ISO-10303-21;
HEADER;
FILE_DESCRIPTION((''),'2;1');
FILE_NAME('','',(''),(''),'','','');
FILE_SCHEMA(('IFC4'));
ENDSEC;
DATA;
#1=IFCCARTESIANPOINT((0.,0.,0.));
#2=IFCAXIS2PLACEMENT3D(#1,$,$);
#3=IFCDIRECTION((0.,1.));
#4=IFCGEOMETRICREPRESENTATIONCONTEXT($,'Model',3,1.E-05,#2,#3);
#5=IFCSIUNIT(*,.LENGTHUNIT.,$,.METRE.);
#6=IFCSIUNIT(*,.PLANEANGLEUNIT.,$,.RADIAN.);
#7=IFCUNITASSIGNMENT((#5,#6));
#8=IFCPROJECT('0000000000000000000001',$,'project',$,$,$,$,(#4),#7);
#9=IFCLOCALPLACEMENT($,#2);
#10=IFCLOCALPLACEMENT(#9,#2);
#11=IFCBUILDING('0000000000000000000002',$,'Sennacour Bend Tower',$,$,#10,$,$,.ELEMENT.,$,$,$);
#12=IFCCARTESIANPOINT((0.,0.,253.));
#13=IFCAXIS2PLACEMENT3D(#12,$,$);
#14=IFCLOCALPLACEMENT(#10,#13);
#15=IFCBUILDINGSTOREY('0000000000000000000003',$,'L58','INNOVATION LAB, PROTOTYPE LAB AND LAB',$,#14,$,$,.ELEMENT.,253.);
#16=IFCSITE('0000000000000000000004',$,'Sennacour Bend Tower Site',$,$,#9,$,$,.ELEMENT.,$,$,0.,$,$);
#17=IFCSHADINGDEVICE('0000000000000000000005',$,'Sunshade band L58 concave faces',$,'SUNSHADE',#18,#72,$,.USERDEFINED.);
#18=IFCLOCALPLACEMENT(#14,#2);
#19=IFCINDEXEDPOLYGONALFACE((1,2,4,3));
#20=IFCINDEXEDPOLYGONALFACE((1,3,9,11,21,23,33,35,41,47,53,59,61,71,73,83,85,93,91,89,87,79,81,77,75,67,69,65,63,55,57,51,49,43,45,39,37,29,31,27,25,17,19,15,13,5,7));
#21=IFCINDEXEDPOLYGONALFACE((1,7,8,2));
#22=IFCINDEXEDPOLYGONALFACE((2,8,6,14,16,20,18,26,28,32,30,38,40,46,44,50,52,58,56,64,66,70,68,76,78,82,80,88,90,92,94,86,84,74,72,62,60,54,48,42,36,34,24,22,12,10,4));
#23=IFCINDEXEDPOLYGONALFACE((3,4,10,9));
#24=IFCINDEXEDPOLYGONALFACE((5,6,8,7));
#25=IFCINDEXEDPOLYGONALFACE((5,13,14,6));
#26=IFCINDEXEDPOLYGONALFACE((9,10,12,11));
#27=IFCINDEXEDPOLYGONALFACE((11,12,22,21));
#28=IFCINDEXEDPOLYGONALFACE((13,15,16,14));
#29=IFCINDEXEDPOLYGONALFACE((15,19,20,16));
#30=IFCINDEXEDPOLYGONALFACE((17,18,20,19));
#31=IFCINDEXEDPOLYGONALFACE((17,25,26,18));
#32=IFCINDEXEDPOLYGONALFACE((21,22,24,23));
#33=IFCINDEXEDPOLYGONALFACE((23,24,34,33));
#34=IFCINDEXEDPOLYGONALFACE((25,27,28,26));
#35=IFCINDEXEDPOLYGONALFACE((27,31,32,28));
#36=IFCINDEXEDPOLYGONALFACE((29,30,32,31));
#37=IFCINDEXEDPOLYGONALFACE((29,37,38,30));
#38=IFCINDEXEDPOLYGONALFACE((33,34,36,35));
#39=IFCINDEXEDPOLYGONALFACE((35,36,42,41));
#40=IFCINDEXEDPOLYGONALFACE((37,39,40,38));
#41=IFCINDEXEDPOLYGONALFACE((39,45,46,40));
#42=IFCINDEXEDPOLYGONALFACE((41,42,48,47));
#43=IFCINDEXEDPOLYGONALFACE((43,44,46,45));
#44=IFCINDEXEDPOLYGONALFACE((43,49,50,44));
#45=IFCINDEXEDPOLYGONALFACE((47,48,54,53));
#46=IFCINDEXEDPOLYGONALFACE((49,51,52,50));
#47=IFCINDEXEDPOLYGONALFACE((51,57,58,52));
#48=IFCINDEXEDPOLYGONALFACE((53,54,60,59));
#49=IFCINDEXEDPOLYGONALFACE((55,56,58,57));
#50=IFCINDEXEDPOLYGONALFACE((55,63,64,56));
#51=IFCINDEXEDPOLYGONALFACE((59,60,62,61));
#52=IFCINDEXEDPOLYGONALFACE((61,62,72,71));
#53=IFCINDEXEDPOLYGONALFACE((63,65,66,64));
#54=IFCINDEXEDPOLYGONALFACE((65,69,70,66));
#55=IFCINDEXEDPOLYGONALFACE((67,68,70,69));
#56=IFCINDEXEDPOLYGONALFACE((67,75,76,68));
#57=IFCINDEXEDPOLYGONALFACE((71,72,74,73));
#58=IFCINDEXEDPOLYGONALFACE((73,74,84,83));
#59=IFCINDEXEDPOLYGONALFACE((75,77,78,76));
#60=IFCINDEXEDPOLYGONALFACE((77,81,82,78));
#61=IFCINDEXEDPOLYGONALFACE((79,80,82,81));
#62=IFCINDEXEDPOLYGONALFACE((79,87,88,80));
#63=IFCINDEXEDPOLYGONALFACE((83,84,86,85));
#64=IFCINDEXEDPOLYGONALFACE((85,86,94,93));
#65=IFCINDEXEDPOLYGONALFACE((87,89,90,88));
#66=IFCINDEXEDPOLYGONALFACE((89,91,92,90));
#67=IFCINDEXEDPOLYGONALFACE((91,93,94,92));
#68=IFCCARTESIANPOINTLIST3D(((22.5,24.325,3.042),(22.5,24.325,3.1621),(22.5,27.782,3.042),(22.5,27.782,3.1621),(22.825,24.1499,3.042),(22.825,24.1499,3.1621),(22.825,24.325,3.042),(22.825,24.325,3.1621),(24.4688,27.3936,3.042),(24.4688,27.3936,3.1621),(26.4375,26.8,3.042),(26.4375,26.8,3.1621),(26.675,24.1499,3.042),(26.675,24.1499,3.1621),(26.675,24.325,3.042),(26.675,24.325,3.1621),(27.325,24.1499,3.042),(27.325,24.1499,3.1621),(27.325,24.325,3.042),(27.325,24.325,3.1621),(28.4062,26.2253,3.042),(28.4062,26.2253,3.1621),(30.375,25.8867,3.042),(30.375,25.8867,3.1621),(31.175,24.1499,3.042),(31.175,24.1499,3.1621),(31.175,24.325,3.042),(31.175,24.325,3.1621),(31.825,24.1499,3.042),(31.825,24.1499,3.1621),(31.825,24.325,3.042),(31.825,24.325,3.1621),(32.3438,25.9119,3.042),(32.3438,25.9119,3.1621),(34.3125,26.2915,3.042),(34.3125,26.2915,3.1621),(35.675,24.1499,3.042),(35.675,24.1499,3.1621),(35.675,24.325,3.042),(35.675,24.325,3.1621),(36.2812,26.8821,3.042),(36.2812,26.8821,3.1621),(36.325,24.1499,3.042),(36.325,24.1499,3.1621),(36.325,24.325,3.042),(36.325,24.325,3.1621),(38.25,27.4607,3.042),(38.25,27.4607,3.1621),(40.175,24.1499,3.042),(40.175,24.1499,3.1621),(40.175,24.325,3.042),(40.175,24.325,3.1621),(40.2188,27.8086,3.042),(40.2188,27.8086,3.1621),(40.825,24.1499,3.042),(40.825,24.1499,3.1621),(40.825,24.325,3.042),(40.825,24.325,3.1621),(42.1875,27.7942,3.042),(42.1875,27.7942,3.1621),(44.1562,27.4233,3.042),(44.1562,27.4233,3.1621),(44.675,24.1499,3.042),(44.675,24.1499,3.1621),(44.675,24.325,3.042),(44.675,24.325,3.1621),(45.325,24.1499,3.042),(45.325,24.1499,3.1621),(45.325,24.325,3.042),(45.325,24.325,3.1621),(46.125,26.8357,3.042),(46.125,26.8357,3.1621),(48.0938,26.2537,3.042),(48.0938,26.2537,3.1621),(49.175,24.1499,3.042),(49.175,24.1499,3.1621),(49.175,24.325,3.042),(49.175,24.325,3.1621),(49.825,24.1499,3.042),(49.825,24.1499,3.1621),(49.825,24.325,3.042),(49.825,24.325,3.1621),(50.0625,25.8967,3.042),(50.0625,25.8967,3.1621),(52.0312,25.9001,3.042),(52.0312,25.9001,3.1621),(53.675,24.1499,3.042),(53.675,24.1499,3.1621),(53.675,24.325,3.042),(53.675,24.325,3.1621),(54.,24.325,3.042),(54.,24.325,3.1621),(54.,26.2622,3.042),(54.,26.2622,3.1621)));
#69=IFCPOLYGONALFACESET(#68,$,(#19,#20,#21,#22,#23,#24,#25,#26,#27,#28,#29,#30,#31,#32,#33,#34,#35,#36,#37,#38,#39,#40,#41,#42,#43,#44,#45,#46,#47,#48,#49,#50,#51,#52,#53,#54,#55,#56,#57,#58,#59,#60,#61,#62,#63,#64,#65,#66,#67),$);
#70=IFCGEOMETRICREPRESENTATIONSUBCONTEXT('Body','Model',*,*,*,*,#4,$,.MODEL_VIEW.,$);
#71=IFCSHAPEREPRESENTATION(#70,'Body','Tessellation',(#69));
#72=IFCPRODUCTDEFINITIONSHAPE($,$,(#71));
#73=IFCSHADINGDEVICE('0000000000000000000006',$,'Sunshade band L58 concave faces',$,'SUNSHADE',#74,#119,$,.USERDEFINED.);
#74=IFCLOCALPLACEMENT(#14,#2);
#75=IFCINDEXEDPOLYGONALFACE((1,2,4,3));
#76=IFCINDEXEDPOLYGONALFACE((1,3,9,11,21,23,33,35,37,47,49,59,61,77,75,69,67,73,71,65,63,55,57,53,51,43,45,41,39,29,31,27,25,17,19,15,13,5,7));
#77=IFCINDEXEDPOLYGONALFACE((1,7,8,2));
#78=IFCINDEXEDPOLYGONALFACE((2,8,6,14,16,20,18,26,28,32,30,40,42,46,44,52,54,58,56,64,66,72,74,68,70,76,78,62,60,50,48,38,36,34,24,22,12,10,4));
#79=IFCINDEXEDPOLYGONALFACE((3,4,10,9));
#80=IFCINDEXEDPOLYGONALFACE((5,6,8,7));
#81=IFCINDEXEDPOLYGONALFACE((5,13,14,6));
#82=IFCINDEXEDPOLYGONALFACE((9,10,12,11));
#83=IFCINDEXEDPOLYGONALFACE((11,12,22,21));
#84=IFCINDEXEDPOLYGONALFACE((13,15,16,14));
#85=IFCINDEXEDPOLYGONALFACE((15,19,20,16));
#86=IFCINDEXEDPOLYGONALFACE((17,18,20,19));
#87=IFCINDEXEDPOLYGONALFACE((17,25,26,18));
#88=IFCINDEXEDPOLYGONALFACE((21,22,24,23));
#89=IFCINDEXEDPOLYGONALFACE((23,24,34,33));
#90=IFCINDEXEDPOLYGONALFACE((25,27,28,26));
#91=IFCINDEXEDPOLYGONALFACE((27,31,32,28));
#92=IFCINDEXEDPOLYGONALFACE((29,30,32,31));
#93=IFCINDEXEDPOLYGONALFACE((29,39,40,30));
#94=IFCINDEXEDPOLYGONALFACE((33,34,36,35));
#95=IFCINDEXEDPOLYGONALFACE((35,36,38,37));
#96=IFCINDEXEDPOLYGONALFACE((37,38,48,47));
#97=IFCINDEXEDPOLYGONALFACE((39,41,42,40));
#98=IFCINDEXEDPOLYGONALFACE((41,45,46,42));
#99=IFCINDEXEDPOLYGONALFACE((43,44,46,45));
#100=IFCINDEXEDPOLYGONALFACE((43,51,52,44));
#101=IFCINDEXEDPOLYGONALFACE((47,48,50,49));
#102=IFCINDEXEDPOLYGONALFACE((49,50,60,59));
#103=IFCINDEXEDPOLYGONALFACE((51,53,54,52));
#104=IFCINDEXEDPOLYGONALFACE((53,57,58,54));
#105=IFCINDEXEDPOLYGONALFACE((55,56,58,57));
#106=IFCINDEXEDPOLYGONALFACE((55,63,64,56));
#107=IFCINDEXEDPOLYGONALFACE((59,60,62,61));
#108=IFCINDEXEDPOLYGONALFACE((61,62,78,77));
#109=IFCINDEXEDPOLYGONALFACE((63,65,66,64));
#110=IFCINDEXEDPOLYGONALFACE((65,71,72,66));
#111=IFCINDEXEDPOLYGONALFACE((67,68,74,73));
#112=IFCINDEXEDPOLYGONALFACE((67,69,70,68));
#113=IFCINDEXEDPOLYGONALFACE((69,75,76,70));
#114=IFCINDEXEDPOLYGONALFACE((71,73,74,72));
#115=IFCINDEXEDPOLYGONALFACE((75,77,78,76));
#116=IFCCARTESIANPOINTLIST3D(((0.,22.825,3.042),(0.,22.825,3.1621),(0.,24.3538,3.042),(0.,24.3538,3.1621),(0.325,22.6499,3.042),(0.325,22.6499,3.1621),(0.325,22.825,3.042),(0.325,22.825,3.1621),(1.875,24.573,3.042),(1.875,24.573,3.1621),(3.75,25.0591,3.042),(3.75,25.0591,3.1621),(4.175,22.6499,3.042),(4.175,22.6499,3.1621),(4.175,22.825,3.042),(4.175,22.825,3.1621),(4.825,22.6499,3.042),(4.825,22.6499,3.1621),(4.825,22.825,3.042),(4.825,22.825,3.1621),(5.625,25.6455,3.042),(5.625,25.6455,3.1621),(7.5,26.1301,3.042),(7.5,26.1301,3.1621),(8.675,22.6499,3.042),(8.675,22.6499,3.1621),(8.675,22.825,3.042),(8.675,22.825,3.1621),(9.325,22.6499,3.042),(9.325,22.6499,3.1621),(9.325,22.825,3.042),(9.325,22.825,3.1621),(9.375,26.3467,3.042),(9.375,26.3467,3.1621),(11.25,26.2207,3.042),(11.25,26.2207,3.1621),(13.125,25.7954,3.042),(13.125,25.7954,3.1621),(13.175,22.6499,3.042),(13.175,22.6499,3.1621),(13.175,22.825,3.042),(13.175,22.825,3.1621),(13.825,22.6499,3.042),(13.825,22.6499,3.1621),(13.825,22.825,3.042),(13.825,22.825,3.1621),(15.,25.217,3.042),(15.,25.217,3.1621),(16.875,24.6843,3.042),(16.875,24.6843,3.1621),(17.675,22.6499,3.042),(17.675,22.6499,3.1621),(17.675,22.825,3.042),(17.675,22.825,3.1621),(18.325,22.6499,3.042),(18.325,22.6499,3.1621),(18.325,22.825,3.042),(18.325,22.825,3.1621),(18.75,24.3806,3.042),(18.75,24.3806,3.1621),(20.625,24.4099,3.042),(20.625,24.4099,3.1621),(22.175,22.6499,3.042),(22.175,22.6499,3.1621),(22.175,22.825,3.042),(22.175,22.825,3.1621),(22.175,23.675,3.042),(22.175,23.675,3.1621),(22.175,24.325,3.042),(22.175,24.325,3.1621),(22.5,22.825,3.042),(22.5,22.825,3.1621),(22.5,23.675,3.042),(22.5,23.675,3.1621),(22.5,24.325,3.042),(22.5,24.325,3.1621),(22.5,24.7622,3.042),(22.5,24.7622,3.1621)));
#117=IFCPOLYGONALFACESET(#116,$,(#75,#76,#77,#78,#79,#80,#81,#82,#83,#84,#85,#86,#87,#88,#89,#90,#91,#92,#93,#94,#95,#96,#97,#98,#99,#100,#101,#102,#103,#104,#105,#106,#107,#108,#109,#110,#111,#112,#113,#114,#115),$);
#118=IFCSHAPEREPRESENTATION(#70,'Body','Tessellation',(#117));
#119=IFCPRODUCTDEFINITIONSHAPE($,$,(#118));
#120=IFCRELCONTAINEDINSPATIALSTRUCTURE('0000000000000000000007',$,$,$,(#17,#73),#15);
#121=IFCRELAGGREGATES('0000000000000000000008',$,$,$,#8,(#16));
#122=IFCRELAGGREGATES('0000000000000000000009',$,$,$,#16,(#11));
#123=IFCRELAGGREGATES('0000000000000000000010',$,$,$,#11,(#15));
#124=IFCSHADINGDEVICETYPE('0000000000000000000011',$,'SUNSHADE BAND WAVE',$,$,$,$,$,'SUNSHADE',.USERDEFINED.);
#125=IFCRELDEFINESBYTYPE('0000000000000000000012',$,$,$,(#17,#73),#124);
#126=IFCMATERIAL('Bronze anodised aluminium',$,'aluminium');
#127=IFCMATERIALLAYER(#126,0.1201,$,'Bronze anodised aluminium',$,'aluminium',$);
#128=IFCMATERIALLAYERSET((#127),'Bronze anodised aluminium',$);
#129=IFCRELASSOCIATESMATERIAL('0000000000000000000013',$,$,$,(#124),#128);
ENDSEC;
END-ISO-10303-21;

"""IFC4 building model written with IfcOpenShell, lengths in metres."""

from ifc_helpers import new_model, si_unit, direction, frame, origin, place, context, subcontext, project, spatial, polyline, outline, extrude, material, layer, layer_set, type_object, element, save


model = new_model("IFC4")

# Units and contexts
model_context = context("Model", 3, precision=1e-05, world=origin(), true_north=direction((0.0, 1.0)))
body_context = subcontext(model_context, "Body", "Model", "MODEL_VIEW")
ifc_project = project(units=[si_unit("LENGTHUNIT", "METRE"), si_unit("PLANEANGLEUNIT", "RADIAN")], contexts=[model_context])

# Site, building, storey
site_placement = place(None, origin())
site = spatial("IfcSite", under=ifc_project, at=site_placement, Name="Sennacour Bend Tower Site", CompositionType="ELEMENT", RefElevation=0.0)
building_placement = place(site_placement, origin())
building = spatial("IfcBuilding", under=site, at=building_placement, Name="Sennacour Bend Tower", CompositionType="ELEMENT")
storey_placement = place(building_placement, frame((0.0, 0.0, 253.0)))
storey = spatial("IfcBuildingStorey", under=building, at=storey_placement, Name="L58", Description="INNOVATION LAB, PROTOTYPE LAB AND LAB", CompositionType="ELEMENT", Elevation=253.0)

# Shading devices
ifc_material_1 = material(Name="Bronze anodised aluminium", Category="aluminium")
ifc_layer_1 = layer(ifc_material_1, 0.1201, Name="Bronze anodised aluminium", Category="aluminium")
ifc_layer_set_1 = layer_set([ifc_layer_1], Name="Bronze anodised aluminium")
shading_device_type_1 = type_object("IfcShadingDeviceType", Name="SUNSHADE BAND WAVE", ElementType="SUNSHADE", PredefinedType="USERDEFINED", material=ifc_layer_set_1)
shading_device_1_placement = place(storey_placement, frame((0.0, 0.0, 3.042)))
element("IfcShadingDevice", 1, at=shading_device_1_placement, inside=storey, type_object=shading_device_type_1, Name="Sunshade band L58 concave faces", ObjectType="SUNSHADE", PredefinedType="USERDEFINED", context=body_context, shape_type="SweptSolid", body=[
    extrude(outline(polyline([(53.675, 24.1499), (49.825, 24.1499), (49.825, 24.325), (49.175, 24.325), (49.175, 24.1499), (45.325, 24.1499), (45.325, 24.325), (44.675, 24.325), (44.675, 24.1499), (40.825, 24.1499), (40.825, 24.325), (40.175, 24.325), (40.175, 24.1499), (36.325, 24.1499), (36.325, 24.325), (35.675, 24.325), (35.675, 24.1499), (31.825, 24.1499), (31.825, 24.325), (31.175, 24.325), (31.175, 24.1499), (27.325, 24.1499), (27.325, 24.325), (26.675, 24.325), (26.675, 24.1499), (22.825, 24.1499), (22.825, 24.325), (22.5, 24.325), (22.5, 27.782), (24.4688, 27.3936), (26.4375, 26.8), (28.4062, 26.2253), (30.375, 25.8867), (32.3438, 25.9119), (34.3125, 26.2915), (36.2812, 26.8821), (38.25, 27.4607), (40.2188, 27.8086), (42.1875, 27.7942), (44.1562, 27.4233), (46.125, 26.8357), (48.0938, 26.2537), (50.0625, 25.8967), (52.0312, 25.9001), (54.0, 26.2622), (54.0, 24.325), (53.675, 24.325), (53.675, 24.1499)])), origin(), (0.0, 0.0, 1.0), 0.1201),
])
shading_device_2_placement = place(storey_placement, frame((0.0, 0.0, 3.042)))
element("IfcShadingDevice", 2, at=shading_device_2_placement, inside=storey, type_object=shading_device_type_1, Name="Sunshade band L58 concave faces", ObjectType="SUNSHADE", PredefinedType="USERDEFINED", context=body_context, shape_type="SweptSolid", body=[
    extrude(outline(polyline([(22.175, 22.6499), (18.325, 22.6499), (18.325, 22.825), (17.675, 22.825), (17.675, 22.6499), (13.825, 22.6499), (13.825, 22.825), (13.175, 22.825), (13.175, 22.6499), (9.325, 22.6499), (9.325, 22.825), (8.675, 22.825), (8.675, 22.6499), (4.825, 22.6499), (4.825, 22.825), (4.175, 22.825), (4.175, 22.6499), (0.325, 22.6499), (0.325, 22.825), (0.0, 22.825), (0.0, 24.3538), (1.875, 24.573), (3.75, 25.0591), (5.625, 25.6455), (7.5, 26.1301), (9.375, 26.3467), (11.25, 26.2207), (13.125, 25.7954), (15.0, 25.217), (16.875, 24.6843), (18.75, 24.3806), (20.625, 24.4099), (22.5, 24.7622), (22.5, 24.325), (22.175, 24.325), (22.175, 23.675), (22.5, 23.675), (22.5, 22.825), (22.175, 22.825), (22.175, 22.6499)])), origin(), (0.0, 0.0, 1.0), 0.1201),
])

save(model, "model.ifc")
